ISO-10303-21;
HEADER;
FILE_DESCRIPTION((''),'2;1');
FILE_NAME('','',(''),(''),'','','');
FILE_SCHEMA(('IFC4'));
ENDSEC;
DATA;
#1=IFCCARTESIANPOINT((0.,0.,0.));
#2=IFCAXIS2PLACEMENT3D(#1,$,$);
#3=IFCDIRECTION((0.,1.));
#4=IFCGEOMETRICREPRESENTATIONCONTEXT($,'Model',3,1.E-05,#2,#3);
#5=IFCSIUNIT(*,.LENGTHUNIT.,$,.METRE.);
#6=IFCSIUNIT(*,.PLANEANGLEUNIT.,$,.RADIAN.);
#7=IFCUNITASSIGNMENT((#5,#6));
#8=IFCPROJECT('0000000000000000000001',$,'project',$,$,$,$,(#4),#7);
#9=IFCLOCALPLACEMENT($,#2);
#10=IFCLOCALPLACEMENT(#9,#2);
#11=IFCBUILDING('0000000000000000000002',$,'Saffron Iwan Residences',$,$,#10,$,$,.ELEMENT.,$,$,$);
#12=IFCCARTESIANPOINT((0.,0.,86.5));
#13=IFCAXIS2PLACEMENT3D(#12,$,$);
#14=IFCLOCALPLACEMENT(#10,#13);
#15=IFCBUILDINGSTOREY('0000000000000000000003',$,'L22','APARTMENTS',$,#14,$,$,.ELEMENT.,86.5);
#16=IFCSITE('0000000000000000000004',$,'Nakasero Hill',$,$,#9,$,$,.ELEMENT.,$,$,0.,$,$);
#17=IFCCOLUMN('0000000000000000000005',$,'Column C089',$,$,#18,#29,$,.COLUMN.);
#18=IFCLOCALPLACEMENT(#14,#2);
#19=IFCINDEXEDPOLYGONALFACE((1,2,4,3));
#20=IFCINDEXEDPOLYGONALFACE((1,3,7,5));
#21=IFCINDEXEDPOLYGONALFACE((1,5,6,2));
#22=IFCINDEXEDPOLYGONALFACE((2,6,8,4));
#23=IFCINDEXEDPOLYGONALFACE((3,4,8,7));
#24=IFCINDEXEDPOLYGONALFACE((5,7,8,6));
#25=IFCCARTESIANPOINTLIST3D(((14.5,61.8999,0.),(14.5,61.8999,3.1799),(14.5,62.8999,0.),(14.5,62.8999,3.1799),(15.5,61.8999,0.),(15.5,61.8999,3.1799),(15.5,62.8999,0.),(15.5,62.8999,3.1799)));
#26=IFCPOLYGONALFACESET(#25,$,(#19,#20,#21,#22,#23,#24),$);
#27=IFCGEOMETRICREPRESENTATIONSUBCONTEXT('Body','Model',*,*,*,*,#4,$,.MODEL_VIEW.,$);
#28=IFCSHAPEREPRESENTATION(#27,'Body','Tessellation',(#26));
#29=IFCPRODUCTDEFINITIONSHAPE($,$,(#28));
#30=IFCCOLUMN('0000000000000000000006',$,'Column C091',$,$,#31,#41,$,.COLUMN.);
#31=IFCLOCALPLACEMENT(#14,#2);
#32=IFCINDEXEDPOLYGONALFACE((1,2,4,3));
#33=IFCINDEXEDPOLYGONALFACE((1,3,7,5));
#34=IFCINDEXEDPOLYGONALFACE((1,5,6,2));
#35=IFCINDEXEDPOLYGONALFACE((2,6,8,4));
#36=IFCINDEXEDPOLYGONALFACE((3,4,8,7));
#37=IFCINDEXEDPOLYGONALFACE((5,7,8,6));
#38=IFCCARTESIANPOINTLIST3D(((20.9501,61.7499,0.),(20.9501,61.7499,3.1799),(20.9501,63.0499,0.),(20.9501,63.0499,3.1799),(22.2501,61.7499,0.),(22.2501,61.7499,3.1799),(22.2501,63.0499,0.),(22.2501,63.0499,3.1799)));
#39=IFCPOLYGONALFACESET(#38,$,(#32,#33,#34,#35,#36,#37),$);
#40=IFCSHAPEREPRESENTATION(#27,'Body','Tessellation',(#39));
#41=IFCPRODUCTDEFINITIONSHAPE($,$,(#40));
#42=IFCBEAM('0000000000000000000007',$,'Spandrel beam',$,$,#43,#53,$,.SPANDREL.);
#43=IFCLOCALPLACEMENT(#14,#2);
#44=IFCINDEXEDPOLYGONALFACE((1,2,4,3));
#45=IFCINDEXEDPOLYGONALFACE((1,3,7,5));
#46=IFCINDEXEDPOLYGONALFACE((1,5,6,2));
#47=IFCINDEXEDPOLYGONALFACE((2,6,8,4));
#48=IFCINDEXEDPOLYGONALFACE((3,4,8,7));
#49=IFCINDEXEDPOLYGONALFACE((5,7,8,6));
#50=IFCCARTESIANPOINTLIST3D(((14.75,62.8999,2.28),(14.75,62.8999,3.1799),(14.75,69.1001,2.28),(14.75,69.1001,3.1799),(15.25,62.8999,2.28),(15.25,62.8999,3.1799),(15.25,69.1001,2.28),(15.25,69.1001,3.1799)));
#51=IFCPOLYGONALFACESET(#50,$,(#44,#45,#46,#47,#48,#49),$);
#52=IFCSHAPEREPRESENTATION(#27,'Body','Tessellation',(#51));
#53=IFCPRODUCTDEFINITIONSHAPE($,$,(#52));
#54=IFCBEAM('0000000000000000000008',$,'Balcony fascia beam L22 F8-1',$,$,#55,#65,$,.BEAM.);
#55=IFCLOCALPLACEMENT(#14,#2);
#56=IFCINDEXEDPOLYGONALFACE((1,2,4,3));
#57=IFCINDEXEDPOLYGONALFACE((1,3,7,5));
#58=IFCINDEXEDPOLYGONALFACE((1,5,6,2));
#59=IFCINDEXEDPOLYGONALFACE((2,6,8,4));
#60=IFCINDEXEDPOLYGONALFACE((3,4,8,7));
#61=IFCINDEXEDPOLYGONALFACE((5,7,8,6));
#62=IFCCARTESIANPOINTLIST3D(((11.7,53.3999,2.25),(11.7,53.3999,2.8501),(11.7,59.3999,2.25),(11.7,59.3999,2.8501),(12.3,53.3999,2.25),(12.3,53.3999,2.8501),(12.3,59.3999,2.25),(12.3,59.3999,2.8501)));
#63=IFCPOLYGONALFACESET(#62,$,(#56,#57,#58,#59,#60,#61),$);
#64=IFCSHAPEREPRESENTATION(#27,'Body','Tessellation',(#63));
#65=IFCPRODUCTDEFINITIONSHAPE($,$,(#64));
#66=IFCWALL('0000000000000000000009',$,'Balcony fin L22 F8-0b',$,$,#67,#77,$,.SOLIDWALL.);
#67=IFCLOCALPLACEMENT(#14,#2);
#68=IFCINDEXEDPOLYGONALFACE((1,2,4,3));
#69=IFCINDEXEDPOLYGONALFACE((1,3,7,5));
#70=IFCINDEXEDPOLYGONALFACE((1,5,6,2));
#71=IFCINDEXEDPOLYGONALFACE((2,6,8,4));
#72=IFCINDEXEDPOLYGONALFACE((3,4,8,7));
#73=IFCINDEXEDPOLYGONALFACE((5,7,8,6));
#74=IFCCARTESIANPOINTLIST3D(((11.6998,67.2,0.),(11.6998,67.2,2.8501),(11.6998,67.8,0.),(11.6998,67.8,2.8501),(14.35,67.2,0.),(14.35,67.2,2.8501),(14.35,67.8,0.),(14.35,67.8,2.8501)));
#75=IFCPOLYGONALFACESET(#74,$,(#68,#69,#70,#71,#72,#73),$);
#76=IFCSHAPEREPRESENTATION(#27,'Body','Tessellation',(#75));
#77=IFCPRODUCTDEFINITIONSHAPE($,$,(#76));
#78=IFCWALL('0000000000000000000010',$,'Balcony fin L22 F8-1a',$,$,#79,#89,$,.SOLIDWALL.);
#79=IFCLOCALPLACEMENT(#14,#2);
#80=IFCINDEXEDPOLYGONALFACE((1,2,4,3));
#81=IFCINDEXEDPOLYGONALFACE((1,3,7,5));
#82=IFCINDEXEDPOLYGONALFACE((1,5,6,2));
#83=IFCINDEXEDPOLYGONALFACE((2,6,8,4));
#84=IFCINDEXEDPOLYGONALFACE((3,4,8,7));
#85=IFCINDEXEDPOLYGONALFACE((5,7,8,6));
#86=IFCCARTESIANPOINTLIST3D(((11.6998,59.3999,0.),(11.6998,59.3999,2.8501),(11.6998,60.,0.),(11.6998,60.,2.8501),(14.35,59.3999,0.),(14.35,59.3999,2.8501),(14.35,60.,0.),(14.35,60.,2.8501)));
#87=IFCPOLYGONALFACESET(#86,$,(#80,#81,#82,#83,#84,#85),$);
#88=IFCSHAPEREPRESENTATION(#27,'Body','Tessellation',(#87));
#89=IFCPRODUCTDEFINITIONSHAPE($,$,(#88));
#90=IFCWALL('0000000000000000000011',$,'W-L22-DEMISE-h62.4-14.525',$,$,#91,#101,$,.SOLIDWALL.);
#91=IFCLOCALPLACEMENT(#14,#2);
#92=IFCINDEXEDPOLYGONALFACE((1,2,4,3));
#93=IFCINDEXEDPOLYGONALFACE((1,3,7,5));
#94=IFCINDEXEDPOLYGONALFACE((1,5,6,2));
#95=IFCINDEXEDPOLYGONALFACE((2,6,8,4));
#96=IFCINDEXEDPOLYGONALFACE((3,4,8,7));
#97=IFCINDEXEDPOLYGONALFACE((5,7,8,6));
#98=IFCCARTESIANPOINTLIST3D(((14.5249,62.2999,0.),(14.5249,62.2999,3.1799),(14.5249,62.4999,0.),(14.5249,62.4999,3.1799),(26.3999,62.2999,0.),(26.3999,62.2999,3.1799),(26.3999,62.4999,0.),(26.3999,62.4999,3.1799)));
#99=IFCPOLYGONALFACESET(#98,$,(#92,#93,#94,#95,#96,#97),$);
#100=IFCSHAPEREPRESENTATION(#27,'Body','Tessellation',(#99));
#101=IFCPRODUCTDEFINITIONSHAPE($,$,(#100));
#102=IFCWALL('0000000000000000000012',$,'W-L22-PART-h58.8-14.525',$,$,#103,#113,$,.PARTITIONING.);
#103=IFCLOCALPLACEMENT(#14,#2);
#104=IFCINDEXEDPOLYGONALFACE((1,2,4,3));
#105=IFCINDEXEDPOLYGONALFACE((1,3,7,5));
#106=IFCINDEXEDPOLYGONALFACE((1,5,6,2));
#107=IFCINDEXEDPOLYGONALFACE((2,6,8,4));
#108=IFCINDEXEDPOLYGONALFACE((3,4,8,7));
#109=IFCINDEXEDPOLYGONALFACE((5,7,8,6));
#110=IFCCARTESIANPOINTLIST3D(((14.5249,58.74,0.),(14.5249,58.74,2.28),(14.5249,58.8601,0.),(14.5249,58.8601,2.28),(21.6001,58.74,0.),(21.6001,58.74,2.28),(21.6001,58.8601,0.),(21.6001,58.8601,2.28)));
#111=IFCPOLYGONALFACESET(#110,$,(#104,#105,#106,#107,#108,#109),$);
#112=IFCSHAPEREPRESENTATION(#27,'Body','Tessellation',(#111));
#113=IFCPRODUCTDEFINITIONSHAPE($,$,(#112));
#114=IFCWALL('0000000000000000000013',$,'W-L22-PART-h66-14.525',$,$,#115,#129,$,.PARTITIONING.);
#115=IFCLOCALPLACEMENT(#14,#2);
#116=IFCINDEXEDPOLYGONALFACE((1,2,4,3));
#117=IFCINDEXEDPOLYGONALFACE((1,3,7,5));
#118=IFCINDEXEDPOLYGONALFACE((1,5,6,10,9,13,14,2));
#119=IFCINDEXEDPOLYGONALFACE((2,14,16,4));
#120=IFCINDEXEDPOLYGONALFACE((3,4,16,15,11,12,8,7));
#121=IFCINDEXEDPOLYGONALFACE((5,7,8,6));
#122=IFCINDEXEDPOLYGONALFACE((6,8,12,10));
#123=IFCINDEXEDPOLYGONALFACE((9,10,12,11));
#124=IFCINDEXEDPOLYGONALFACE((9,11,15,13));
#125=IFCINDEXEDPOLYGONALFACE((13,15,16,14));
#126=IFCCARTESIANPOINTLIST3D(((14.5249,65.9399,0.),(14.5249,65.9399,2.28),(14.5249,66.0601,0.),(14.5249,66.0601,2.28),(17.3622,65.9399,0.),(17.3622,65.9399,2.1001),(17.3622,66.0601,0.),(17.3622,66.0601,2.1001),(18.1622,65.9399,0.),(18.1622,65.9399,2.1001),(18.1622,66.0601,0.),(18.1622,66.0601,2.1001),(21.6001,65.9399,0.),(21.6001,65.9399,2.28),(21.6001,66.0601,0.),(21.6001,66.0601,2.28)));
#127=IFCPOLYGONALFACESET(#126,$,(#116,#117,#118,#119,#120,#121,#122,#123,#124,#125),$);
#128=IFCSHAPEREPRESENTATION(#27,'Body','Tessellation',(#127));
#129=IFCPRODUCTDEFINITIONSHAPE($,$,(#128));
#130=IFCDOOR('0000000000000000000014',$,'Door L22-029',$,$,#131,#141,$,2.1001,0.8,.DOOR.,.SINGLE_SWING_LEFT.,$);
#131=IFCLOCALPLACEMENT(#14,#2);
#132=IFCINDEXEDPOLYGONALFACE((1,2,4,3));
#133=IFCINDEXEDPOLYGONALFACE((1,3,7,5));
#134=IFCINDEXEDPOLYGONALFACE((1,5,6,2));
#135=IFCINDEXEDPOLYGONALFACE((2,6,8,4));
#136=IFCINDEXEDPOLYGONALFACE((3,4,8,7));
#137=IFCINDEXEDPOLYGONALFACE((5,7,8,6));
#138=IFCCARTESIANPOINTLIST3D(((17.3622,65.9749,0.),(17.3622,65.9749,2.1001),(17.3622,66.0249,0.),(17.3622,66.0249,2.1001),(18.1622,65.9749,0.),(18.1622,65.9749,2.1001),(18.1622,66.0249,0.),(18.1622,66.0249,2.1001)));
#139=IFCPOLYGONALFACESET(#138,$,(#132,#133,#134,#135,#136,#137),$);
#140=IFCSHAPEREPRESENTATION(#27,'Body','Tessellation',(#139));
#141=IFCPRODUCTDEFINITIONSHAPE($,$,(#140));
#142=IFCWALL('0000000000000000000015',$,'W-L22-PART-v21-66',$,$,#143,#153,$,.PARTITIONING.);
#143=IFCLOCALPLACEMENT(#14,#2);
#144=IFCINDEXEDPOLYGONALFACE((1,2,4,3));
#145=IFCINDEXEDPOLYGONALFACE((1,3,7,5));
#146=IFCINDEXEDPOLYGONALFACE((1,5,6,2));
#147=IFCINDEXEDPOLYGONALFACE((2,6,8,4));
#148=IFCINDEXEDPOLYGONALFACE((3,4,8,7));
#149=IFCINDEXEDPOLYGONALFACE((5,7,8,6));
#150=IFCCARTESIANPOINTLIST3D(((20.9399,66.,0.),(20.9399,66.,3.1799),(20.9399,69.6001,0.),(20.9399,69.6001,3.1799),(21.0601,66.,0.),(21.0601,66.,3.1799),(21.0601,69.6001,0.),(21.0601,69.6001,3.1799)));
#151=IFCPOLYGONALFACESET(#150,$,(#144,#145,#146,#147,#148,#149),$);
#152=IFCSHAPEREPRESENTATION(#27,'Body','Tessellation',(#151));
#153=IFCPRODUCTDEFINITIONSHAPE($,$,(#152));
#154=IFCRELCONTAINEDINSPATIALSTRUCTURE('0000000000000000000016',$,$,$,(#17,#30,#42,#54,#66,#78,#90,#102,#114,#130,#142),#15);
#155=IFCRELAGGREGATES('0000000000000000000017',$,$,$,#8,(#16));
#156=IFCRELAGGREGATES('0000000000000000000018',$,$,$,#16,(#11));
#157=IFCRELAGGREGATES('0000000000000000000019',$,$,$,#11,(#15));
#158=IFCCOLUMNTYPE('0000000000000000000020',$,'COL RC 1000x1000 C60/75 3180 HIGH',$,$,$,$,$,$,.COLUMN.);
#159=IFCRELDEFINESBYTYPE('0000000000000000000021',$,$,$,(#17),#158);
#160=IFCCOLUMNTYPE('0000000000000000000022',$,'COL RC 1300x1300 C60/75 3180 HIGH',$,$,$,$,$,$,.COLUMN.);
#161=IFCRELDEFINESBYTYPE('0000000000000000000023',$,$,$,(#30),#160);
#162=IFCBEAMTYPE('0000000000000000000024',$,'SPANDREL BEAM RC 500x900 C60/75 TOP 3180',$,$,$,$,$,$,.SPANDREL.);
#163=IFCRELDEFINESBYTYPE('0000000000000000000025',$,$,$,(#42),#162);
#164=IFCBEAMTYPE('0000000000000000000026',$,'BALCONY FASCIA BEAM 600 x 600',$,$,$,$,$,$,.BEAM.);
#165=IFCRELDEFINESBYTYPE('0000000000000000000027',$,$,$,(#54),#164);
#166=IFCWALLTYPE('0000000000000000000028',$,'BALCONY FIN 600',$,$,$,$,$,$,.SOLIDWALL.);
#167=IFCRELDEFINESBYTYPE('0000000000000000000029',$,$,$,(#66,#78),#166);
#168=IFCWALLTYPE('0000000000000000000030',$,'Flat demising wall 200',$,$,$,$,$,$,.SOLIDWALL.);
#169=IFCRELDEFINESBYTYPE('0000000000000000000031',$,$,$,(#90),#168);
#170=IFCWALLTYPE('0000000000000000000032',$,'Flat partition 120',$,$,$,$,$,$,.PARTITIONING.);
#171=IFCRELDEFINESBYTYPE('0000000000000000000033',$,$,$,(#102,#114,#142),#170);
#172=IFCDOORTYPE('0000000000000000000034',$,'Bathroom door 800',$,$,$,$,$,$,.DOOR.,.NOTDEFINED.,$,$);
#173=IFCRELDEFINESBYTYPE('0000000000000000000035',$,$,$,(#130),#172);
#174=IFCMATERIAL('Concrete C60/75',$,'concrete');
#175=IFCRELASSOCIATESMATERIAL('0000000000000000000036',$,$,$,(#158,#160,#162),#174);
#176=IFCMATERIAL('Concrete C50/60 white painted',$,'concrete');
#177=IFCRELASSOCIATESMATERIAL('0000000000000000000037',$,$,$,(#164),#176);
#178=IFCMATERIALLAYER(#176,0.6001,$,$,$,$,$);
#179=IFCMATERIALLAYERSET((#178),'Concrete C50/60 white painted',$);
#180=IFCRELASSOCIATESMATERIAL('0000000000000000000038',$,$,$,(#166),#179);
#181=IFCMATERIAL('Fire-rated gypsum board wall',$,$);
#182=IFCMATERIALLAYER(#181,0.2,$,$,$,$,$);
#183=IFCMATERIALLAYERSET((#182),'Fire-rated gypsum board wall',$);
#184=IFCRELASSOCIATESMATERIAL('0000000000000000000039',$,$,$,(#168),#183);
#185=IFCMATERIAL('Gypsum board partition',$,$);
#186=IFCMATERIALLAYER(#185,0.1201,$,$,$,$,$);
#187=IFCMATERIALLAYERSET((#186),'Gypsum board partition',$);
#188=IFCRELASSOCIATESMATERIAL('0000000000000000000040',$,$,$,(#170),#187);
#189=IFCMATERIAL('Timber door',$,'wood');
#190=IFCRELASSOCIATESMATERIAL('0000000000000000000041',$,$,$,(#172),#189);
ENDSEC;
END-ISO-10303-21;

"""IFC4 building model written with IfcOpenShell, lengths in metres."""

from ifc_helpers import new_model, si_unit, direction, frame, frame_2d, origin, origin_2d, place, context, subcontext, project, spatial, rectangle, extrude, source, transform, mapped, material, layer, layer_set, material_profile, profile_set, type_object, element, fill, save


model = new_model("IFC4")

# Units and contexts
model_context = context("Model", 3, precision=1e-05, world=origin(), true_north=direction((0.0, 1.0)))
body_context = subcontext(model_context, "Body", "Model", "MODEL_VIEW")
ifc_project = project(units=[si_unit("LENGTHUNIT", "METRE"), si_unit("PLANEANGLEUNIT", "RADIAN")], contexts=[model_context])

# Site, building, storey
site_placement = place(None, origin())
site = spatial("IfcSite", under=ifc_project, at=site_placement, Name="Nakasero Hill", CompositionType="ELEMENT", RefElevation=0.0)
building_placement = place(site_placement, origin())
building = spatial("IfcBuilding", under=site, at=building_placement, Name="Saffron Iwan Residences", CompositionType="ELEMENT")
storey_placement = place(building_placement, frame((0.0, 0.0, 86.5)))
storey = spatial("IfcBuildingStorey", under=building, at=storey_placement, Name="L22", Description="APARTMENTS", CompositionType="ELEMENT", Elevation=86.5)

# Columns
ifc_material_1 = material(Name="Concrete C60/75", Category="concrete")
ifc_material_profile_1 = material_profile(ifc_material_1, rectangle(XDim=1.0, YDim=1.0, at=origin_2d()), Name="RC 1000x1000")
ifc_profile_set_1 = profile_set([ifc_material_profile_1], Name="Concrete C60/75")
column_type_1 = type_object("IfcColumnType", Name="COL RC 1000x1000 C60/75 3180 HIGH", PredefinedType="COLUMN", material=ifc_profile_set_1)
shared_shape_1 = source(origin(), body_context, "Body", "SweptSolid", [
    extrude(rectangle(XDim=1.0, YDim=1.0, at=origin_2d()), origin(), (0.0, 0.0, 1.0), 3.1799),
])
column_1_placement = place(storey_placement, frame((15.0, 62.3999, 0.0), z_axis=(0.0, 0.0, 1.0), x_axis=(1.0, 0.0, 0.0)))
element("IfcColumn", 1, at=column_1_placement, inside=storey, type_object=column_type_1, Name="Column C089", PredefinedType="COLUMN", context=body_context, shape_type="MappedRepresentation", body=[
    mapped(shared_shape_1, transform((0.0, 0.0, 0.0))),
])
ifc_material_profile_2 = material_profile(ifc_material_1, rectangle(XDim=1.3, YDim=1.3, at=origin_2d()), Name="RC 1300x1300")
ifc_profile_set_2 = profile_set([ifc_material_profile_2], Name="Concrete C60/75")
column_type_2 = type_object("IfcColumnType", Name="COL RC 1300x1300 C60/75 3180 HIGH", PredefinedType="COLUMN", material=ifc_profile_set_2)
shared_shape_2 = source(origin(), body_context, "Body", "SweptSolid", [
    extrude(rectangle(XDim=1.3, YDim=1.3, at=origin_2d()), origin(), (0.0, 0.0, 1.0), 3.1799),
])
column_2_placement = place(storey_placement, frame((21.6001, 62.3999, 0.0), z_axis=(0.0, 0.0, 1.0), x_axis=(1.0, 0.0, 0.0)))
element("IfcColumn", 2, at=column_2_placement, inside=storey, type_object=column_type_2, Name="Column C091", PredefinedType="COLUMN", context=body_context, shape_type="MappedRepresentation", body=[
    mapped(shared_shape_2, transform((0.0, 0.0, 0.0))),
])

# Beams
ifc_material_profile_3 = material_profile(ifc_material_1, rectangle(XDim=0.5, YDim=0.8999, at=origin_2d()), Name="RC 500x900")
ifc_profile_set_3 = profile_set([ifc_material_profile_3], Name="Concrete C60/75")
beam_type_1 = type_object("IfcBeamType", Name="SPANDREL BEAM RC 500x900 C60/75 TOP 3180", PredefinedType="SPANDREL", material=ifc_profile_set_3)
shared_shape_3 = source(origin(), body_context, "Body", "SweptSolid", [
    extrude(rectangle(XDim=0.5, YDim=0.8999, at=origin_2d()), origin(), (0.0, 0.0, 1.0), 6.2002),
])
beam_1_placement = place(storey_placement, frame((15.0, 62.8999, 2.73), z_axis=(0.0, 1.0, 0.0), x_axis=(-1.0, 0.0, 0.0)))
element("IfcBeam", 3, at=beam_1_placement, inside=storey, type_object=beam_type_1, Name="Spandrel beam", PredefinedType="SPANDREL", context=body_context, shape_type="MappedRepresentation", body=[
    mapped(shared_shape_3, transform((0.0, 0.0, 0.0))),
])
ifc_material_2 = material(Name="Concrete C50/60 white painted", Category="concrete")
ifc_material_profile_4 = material_profile(ifc_material_2, rectangle(XDim=0.6001, YDim=0.6001, at=origin_2d()), Name="BALCONY FASCIA BEAM 600 x 600")
ifc_profile_set_4 = profile_set([ifc_material_profile_4], Name="Concrete C50/60 white painted")
beam_type_2 = type_object("IfcBeamType", Name="BALCONY FASCIA BEAM 600 x 600", PredefinedType="BEAM", material=ifc_profile_set_4)
shared_shape_4 = source(origin(), body_context, "Body", "SweptSolid", [
    extrude(rectangle(XDim=0.6001, YDim=0.6001, at=origin_2d()), origin(), (0.0, 0.0, 1.0), 6.0),
])
beam_2_placement = place(storey_placement, frame((12.0, 59.3999, 2.55), z_axis=(0.0, -1.0, 0.0), x_axis=(1.0, 0.0, 0.0)))
element("IfcBeam", 4, at=beam_2_placement, inside=storey, type_object=beam_type_2, Name="Balcony fascia beam L22 F8-1", PredefinedType="BEAM", context=body_context, shape_type="MappedRepresentation", body=[
    mapped(shared_shape_4, transform((0.0, 0.0, 0.0))),
])

# Walls
ifc_layer_1 = layer(ifc_material_2, 0.6001)
ifc_layer_set_1 = layer_set([ifc_layer_1], Name="Concrete C50/60 white painted")
wall_type_1 = type_object("IfcWallType", Name="BALCONY FIN 600", PredefinedType="SOLIDWALL", material=ifc_layer_set_1)
for number, where, z_axis, x_axis, name in (
    (5, (14.3501, 67.5, 0.0), (0.0, 0.0, 1.0), (-1.0, 0.0, 0.0), "Balcony fin L22 F8-0b"),
    (6, (14.3501, 59.7, 0.0), (0.0, 0.0, 1.0), (-1.0, 0.0, 0.0), "Balcony fin L22 F8-1a"),
):
    element("IfcWall", number, at=place(storey_placement, frame(where, z_axis=z_axis, x_axis=x_axis)), inside=storey, type_object=wall_type_1, Name=name, PredefinedType="SOLIDWALL", context=body_context, shape_type="SweptSolid", body=[
        extrude(rectangle(XDim=2.6501, YDim=0.6001, at=frame_2d((1.3252, 0.0))), origin(), (0.0, 0.0, 1.0), 2.8501),
    ])

# Walls
ifc_material_3 = material(Name="Fire-rated gypsum board wall")
ifc_layer_2 = layer(ifc_material_3, 0.2)
ifc_layer_set_2 = layer_set([ifc_layer_2], Name="Fire-rated gypsum board wall")
wall_type_2 = type_object("IfcWallType", Name="Flat demising wall 200", PredefinedType="SOLIDWALL", material=ifc_layer_set_2)
wall_1_placement = place(storey_placement, frame((14.5249, 62.3999, 0.0), z_axis=(0.0, 0.0, 1.0), x_axis=(1.0, 0.0, 0.0)))
element("IfcWall", 7, at=wall_1_placement, inside=storey, type_object=wall_type_2, Name="W-L22-DEMISE-h62.4-14.525", PredefinedType="SOLIDWALL", context=body_context, shape_type="SweptSolid", body=[
    extrude(rectangle(XDim=11.875, YDim=0.2, at=frame_2d((5.9375, 0.0))), origin(), (0.0, 0.0, 1.0), 3.1799),
])
ifc_material_4 = material(Name="Gypsum board partition")
ifc_layer_3 = layer(ifc_material_4, 0.1201)
ifc_layer_set_3 = layer_set([ifc_layer_3], Name="Gypsum board partition")
wall_type_3 = type_object("IfcWallType", Name="Flat partition 120", PredefinedType="PARTITIONING", material=ifc_layer_set_3)
wall_2_placement = place(storey_placement, frame((14.5249, 58.8, 0.0), z_axis=(0.0, 0.0, 1.0), x_axis=(1.0, 0.0, 0.0)))
element("IfcWall", 8, at=wall_2_placement, inside=storey, type_object=wall_type_3, Name="W-L22-PART-h58.8-14.525", PredefinedType="PARTITIONING", context=body_context, shape_type="SweptSolid", body=[
    extrude(rectangle(XDim=7.0752, YDim=0.1201, at=frame_2d((3.5376, 0.0))), origin(), (0.0, 0.0, 1.0), 2.28),
])

# Wall, opening, door
wall_3_placement = place(storey_placement, frame((14.5249, 66.0, 0.0), z_axis=(0.0, 0.0, 1.0), x_axis=(1.0, 0.0, 0.0)))
wall_3 = element("IfcWall", 9, at=wall_3_placement, inside=storey, type_object=wall_type_3, Name="W-L22-PART-h66-14.525", PredefinedType="PARTITIONING", context=body_context, shape_type="SweptSolid", body=[
    extrude(rectangle(XDim=7.0752, YDim=0.1201, at=frame_2d((3.5376, 0.0))), origin(), (0.0, 0.0, 1.0), 2.28),
])
opening_1_placement = place(wall_3_placement, frame((2.8374, 0.0, 0.0)))
opening_1 = element("IfcOpeningElement", 10, at=opening_1_placement, cuts=wall_3, PredefinedType="OPENING", context=body_context, shape_type="SweptSolid", body=[
    extrude(rectangle(XDim=0.8, YDim=2.1001, at=frame_2d((0.3999, 1.05))), frame((0.0, 0.0701, 0.0), z_axis=(0.0, -1.0, 0.0), x_axis=(1.0, 0.0, 0.0)), (0.0, 0.0, 1.0), 0.1401),
])
ifc_material_5 = material(Name="Timber door", Category="wood")
door_type_1 = type_object("IfcDoorType", Name="Bathroom door 800", OperationType="NOTDEFINED", PredefinedType="DOOR", material=ifc_material_5)
door_1_placement = place(opening_1_placement, origin())
door_1 = element("IfcDoor", 11, at=door_1_placement, inside=storey, type_object=door_type_1, Name="Door L22-029", OperationType="SINGLE_SWING_LEFT", OverallHeight=2.1001, OverallWidth=0.8, PredefinedType="DOOR", context=body_context, shape_type="SweptSolid", body=[
    extrude(rectangle(XDim=0.8, YDim=2.1001, at=frame_2d((0.3999, 1.05))), frame((0.0, 0.0249, 0.0), z_axis=(0.0, -1.0, 0.0), x_axis=(1.0, 0.0, 0.0)), (0.0, 0.0, 1.0), 0.05),
])
fill(opening_1, door_1)

# Wall
wall_4_placement = place(storey_placement, frame((21.0, 66.0, 0.0), z_axis=(0.0, 0.0, 1.0), x_axis=(0.0, 1.0, 0.0)))
element("IfcWall", 12, at=wall_4_placement, inside=storey, type_object=wall_type_3, Name="W-L22-PART-v21-66", PredefinedType="PARTITIONING", context=body_context, shape_type="SweptSolid", body=[
    extrude(rectangle(XDim=3.6001, YDim=0.1201, at=frame_2d((1.8, 0.0))), origin(), (0.0, 0.0, 1.0), 3.1799),
])

save(model, "model.ifc")
